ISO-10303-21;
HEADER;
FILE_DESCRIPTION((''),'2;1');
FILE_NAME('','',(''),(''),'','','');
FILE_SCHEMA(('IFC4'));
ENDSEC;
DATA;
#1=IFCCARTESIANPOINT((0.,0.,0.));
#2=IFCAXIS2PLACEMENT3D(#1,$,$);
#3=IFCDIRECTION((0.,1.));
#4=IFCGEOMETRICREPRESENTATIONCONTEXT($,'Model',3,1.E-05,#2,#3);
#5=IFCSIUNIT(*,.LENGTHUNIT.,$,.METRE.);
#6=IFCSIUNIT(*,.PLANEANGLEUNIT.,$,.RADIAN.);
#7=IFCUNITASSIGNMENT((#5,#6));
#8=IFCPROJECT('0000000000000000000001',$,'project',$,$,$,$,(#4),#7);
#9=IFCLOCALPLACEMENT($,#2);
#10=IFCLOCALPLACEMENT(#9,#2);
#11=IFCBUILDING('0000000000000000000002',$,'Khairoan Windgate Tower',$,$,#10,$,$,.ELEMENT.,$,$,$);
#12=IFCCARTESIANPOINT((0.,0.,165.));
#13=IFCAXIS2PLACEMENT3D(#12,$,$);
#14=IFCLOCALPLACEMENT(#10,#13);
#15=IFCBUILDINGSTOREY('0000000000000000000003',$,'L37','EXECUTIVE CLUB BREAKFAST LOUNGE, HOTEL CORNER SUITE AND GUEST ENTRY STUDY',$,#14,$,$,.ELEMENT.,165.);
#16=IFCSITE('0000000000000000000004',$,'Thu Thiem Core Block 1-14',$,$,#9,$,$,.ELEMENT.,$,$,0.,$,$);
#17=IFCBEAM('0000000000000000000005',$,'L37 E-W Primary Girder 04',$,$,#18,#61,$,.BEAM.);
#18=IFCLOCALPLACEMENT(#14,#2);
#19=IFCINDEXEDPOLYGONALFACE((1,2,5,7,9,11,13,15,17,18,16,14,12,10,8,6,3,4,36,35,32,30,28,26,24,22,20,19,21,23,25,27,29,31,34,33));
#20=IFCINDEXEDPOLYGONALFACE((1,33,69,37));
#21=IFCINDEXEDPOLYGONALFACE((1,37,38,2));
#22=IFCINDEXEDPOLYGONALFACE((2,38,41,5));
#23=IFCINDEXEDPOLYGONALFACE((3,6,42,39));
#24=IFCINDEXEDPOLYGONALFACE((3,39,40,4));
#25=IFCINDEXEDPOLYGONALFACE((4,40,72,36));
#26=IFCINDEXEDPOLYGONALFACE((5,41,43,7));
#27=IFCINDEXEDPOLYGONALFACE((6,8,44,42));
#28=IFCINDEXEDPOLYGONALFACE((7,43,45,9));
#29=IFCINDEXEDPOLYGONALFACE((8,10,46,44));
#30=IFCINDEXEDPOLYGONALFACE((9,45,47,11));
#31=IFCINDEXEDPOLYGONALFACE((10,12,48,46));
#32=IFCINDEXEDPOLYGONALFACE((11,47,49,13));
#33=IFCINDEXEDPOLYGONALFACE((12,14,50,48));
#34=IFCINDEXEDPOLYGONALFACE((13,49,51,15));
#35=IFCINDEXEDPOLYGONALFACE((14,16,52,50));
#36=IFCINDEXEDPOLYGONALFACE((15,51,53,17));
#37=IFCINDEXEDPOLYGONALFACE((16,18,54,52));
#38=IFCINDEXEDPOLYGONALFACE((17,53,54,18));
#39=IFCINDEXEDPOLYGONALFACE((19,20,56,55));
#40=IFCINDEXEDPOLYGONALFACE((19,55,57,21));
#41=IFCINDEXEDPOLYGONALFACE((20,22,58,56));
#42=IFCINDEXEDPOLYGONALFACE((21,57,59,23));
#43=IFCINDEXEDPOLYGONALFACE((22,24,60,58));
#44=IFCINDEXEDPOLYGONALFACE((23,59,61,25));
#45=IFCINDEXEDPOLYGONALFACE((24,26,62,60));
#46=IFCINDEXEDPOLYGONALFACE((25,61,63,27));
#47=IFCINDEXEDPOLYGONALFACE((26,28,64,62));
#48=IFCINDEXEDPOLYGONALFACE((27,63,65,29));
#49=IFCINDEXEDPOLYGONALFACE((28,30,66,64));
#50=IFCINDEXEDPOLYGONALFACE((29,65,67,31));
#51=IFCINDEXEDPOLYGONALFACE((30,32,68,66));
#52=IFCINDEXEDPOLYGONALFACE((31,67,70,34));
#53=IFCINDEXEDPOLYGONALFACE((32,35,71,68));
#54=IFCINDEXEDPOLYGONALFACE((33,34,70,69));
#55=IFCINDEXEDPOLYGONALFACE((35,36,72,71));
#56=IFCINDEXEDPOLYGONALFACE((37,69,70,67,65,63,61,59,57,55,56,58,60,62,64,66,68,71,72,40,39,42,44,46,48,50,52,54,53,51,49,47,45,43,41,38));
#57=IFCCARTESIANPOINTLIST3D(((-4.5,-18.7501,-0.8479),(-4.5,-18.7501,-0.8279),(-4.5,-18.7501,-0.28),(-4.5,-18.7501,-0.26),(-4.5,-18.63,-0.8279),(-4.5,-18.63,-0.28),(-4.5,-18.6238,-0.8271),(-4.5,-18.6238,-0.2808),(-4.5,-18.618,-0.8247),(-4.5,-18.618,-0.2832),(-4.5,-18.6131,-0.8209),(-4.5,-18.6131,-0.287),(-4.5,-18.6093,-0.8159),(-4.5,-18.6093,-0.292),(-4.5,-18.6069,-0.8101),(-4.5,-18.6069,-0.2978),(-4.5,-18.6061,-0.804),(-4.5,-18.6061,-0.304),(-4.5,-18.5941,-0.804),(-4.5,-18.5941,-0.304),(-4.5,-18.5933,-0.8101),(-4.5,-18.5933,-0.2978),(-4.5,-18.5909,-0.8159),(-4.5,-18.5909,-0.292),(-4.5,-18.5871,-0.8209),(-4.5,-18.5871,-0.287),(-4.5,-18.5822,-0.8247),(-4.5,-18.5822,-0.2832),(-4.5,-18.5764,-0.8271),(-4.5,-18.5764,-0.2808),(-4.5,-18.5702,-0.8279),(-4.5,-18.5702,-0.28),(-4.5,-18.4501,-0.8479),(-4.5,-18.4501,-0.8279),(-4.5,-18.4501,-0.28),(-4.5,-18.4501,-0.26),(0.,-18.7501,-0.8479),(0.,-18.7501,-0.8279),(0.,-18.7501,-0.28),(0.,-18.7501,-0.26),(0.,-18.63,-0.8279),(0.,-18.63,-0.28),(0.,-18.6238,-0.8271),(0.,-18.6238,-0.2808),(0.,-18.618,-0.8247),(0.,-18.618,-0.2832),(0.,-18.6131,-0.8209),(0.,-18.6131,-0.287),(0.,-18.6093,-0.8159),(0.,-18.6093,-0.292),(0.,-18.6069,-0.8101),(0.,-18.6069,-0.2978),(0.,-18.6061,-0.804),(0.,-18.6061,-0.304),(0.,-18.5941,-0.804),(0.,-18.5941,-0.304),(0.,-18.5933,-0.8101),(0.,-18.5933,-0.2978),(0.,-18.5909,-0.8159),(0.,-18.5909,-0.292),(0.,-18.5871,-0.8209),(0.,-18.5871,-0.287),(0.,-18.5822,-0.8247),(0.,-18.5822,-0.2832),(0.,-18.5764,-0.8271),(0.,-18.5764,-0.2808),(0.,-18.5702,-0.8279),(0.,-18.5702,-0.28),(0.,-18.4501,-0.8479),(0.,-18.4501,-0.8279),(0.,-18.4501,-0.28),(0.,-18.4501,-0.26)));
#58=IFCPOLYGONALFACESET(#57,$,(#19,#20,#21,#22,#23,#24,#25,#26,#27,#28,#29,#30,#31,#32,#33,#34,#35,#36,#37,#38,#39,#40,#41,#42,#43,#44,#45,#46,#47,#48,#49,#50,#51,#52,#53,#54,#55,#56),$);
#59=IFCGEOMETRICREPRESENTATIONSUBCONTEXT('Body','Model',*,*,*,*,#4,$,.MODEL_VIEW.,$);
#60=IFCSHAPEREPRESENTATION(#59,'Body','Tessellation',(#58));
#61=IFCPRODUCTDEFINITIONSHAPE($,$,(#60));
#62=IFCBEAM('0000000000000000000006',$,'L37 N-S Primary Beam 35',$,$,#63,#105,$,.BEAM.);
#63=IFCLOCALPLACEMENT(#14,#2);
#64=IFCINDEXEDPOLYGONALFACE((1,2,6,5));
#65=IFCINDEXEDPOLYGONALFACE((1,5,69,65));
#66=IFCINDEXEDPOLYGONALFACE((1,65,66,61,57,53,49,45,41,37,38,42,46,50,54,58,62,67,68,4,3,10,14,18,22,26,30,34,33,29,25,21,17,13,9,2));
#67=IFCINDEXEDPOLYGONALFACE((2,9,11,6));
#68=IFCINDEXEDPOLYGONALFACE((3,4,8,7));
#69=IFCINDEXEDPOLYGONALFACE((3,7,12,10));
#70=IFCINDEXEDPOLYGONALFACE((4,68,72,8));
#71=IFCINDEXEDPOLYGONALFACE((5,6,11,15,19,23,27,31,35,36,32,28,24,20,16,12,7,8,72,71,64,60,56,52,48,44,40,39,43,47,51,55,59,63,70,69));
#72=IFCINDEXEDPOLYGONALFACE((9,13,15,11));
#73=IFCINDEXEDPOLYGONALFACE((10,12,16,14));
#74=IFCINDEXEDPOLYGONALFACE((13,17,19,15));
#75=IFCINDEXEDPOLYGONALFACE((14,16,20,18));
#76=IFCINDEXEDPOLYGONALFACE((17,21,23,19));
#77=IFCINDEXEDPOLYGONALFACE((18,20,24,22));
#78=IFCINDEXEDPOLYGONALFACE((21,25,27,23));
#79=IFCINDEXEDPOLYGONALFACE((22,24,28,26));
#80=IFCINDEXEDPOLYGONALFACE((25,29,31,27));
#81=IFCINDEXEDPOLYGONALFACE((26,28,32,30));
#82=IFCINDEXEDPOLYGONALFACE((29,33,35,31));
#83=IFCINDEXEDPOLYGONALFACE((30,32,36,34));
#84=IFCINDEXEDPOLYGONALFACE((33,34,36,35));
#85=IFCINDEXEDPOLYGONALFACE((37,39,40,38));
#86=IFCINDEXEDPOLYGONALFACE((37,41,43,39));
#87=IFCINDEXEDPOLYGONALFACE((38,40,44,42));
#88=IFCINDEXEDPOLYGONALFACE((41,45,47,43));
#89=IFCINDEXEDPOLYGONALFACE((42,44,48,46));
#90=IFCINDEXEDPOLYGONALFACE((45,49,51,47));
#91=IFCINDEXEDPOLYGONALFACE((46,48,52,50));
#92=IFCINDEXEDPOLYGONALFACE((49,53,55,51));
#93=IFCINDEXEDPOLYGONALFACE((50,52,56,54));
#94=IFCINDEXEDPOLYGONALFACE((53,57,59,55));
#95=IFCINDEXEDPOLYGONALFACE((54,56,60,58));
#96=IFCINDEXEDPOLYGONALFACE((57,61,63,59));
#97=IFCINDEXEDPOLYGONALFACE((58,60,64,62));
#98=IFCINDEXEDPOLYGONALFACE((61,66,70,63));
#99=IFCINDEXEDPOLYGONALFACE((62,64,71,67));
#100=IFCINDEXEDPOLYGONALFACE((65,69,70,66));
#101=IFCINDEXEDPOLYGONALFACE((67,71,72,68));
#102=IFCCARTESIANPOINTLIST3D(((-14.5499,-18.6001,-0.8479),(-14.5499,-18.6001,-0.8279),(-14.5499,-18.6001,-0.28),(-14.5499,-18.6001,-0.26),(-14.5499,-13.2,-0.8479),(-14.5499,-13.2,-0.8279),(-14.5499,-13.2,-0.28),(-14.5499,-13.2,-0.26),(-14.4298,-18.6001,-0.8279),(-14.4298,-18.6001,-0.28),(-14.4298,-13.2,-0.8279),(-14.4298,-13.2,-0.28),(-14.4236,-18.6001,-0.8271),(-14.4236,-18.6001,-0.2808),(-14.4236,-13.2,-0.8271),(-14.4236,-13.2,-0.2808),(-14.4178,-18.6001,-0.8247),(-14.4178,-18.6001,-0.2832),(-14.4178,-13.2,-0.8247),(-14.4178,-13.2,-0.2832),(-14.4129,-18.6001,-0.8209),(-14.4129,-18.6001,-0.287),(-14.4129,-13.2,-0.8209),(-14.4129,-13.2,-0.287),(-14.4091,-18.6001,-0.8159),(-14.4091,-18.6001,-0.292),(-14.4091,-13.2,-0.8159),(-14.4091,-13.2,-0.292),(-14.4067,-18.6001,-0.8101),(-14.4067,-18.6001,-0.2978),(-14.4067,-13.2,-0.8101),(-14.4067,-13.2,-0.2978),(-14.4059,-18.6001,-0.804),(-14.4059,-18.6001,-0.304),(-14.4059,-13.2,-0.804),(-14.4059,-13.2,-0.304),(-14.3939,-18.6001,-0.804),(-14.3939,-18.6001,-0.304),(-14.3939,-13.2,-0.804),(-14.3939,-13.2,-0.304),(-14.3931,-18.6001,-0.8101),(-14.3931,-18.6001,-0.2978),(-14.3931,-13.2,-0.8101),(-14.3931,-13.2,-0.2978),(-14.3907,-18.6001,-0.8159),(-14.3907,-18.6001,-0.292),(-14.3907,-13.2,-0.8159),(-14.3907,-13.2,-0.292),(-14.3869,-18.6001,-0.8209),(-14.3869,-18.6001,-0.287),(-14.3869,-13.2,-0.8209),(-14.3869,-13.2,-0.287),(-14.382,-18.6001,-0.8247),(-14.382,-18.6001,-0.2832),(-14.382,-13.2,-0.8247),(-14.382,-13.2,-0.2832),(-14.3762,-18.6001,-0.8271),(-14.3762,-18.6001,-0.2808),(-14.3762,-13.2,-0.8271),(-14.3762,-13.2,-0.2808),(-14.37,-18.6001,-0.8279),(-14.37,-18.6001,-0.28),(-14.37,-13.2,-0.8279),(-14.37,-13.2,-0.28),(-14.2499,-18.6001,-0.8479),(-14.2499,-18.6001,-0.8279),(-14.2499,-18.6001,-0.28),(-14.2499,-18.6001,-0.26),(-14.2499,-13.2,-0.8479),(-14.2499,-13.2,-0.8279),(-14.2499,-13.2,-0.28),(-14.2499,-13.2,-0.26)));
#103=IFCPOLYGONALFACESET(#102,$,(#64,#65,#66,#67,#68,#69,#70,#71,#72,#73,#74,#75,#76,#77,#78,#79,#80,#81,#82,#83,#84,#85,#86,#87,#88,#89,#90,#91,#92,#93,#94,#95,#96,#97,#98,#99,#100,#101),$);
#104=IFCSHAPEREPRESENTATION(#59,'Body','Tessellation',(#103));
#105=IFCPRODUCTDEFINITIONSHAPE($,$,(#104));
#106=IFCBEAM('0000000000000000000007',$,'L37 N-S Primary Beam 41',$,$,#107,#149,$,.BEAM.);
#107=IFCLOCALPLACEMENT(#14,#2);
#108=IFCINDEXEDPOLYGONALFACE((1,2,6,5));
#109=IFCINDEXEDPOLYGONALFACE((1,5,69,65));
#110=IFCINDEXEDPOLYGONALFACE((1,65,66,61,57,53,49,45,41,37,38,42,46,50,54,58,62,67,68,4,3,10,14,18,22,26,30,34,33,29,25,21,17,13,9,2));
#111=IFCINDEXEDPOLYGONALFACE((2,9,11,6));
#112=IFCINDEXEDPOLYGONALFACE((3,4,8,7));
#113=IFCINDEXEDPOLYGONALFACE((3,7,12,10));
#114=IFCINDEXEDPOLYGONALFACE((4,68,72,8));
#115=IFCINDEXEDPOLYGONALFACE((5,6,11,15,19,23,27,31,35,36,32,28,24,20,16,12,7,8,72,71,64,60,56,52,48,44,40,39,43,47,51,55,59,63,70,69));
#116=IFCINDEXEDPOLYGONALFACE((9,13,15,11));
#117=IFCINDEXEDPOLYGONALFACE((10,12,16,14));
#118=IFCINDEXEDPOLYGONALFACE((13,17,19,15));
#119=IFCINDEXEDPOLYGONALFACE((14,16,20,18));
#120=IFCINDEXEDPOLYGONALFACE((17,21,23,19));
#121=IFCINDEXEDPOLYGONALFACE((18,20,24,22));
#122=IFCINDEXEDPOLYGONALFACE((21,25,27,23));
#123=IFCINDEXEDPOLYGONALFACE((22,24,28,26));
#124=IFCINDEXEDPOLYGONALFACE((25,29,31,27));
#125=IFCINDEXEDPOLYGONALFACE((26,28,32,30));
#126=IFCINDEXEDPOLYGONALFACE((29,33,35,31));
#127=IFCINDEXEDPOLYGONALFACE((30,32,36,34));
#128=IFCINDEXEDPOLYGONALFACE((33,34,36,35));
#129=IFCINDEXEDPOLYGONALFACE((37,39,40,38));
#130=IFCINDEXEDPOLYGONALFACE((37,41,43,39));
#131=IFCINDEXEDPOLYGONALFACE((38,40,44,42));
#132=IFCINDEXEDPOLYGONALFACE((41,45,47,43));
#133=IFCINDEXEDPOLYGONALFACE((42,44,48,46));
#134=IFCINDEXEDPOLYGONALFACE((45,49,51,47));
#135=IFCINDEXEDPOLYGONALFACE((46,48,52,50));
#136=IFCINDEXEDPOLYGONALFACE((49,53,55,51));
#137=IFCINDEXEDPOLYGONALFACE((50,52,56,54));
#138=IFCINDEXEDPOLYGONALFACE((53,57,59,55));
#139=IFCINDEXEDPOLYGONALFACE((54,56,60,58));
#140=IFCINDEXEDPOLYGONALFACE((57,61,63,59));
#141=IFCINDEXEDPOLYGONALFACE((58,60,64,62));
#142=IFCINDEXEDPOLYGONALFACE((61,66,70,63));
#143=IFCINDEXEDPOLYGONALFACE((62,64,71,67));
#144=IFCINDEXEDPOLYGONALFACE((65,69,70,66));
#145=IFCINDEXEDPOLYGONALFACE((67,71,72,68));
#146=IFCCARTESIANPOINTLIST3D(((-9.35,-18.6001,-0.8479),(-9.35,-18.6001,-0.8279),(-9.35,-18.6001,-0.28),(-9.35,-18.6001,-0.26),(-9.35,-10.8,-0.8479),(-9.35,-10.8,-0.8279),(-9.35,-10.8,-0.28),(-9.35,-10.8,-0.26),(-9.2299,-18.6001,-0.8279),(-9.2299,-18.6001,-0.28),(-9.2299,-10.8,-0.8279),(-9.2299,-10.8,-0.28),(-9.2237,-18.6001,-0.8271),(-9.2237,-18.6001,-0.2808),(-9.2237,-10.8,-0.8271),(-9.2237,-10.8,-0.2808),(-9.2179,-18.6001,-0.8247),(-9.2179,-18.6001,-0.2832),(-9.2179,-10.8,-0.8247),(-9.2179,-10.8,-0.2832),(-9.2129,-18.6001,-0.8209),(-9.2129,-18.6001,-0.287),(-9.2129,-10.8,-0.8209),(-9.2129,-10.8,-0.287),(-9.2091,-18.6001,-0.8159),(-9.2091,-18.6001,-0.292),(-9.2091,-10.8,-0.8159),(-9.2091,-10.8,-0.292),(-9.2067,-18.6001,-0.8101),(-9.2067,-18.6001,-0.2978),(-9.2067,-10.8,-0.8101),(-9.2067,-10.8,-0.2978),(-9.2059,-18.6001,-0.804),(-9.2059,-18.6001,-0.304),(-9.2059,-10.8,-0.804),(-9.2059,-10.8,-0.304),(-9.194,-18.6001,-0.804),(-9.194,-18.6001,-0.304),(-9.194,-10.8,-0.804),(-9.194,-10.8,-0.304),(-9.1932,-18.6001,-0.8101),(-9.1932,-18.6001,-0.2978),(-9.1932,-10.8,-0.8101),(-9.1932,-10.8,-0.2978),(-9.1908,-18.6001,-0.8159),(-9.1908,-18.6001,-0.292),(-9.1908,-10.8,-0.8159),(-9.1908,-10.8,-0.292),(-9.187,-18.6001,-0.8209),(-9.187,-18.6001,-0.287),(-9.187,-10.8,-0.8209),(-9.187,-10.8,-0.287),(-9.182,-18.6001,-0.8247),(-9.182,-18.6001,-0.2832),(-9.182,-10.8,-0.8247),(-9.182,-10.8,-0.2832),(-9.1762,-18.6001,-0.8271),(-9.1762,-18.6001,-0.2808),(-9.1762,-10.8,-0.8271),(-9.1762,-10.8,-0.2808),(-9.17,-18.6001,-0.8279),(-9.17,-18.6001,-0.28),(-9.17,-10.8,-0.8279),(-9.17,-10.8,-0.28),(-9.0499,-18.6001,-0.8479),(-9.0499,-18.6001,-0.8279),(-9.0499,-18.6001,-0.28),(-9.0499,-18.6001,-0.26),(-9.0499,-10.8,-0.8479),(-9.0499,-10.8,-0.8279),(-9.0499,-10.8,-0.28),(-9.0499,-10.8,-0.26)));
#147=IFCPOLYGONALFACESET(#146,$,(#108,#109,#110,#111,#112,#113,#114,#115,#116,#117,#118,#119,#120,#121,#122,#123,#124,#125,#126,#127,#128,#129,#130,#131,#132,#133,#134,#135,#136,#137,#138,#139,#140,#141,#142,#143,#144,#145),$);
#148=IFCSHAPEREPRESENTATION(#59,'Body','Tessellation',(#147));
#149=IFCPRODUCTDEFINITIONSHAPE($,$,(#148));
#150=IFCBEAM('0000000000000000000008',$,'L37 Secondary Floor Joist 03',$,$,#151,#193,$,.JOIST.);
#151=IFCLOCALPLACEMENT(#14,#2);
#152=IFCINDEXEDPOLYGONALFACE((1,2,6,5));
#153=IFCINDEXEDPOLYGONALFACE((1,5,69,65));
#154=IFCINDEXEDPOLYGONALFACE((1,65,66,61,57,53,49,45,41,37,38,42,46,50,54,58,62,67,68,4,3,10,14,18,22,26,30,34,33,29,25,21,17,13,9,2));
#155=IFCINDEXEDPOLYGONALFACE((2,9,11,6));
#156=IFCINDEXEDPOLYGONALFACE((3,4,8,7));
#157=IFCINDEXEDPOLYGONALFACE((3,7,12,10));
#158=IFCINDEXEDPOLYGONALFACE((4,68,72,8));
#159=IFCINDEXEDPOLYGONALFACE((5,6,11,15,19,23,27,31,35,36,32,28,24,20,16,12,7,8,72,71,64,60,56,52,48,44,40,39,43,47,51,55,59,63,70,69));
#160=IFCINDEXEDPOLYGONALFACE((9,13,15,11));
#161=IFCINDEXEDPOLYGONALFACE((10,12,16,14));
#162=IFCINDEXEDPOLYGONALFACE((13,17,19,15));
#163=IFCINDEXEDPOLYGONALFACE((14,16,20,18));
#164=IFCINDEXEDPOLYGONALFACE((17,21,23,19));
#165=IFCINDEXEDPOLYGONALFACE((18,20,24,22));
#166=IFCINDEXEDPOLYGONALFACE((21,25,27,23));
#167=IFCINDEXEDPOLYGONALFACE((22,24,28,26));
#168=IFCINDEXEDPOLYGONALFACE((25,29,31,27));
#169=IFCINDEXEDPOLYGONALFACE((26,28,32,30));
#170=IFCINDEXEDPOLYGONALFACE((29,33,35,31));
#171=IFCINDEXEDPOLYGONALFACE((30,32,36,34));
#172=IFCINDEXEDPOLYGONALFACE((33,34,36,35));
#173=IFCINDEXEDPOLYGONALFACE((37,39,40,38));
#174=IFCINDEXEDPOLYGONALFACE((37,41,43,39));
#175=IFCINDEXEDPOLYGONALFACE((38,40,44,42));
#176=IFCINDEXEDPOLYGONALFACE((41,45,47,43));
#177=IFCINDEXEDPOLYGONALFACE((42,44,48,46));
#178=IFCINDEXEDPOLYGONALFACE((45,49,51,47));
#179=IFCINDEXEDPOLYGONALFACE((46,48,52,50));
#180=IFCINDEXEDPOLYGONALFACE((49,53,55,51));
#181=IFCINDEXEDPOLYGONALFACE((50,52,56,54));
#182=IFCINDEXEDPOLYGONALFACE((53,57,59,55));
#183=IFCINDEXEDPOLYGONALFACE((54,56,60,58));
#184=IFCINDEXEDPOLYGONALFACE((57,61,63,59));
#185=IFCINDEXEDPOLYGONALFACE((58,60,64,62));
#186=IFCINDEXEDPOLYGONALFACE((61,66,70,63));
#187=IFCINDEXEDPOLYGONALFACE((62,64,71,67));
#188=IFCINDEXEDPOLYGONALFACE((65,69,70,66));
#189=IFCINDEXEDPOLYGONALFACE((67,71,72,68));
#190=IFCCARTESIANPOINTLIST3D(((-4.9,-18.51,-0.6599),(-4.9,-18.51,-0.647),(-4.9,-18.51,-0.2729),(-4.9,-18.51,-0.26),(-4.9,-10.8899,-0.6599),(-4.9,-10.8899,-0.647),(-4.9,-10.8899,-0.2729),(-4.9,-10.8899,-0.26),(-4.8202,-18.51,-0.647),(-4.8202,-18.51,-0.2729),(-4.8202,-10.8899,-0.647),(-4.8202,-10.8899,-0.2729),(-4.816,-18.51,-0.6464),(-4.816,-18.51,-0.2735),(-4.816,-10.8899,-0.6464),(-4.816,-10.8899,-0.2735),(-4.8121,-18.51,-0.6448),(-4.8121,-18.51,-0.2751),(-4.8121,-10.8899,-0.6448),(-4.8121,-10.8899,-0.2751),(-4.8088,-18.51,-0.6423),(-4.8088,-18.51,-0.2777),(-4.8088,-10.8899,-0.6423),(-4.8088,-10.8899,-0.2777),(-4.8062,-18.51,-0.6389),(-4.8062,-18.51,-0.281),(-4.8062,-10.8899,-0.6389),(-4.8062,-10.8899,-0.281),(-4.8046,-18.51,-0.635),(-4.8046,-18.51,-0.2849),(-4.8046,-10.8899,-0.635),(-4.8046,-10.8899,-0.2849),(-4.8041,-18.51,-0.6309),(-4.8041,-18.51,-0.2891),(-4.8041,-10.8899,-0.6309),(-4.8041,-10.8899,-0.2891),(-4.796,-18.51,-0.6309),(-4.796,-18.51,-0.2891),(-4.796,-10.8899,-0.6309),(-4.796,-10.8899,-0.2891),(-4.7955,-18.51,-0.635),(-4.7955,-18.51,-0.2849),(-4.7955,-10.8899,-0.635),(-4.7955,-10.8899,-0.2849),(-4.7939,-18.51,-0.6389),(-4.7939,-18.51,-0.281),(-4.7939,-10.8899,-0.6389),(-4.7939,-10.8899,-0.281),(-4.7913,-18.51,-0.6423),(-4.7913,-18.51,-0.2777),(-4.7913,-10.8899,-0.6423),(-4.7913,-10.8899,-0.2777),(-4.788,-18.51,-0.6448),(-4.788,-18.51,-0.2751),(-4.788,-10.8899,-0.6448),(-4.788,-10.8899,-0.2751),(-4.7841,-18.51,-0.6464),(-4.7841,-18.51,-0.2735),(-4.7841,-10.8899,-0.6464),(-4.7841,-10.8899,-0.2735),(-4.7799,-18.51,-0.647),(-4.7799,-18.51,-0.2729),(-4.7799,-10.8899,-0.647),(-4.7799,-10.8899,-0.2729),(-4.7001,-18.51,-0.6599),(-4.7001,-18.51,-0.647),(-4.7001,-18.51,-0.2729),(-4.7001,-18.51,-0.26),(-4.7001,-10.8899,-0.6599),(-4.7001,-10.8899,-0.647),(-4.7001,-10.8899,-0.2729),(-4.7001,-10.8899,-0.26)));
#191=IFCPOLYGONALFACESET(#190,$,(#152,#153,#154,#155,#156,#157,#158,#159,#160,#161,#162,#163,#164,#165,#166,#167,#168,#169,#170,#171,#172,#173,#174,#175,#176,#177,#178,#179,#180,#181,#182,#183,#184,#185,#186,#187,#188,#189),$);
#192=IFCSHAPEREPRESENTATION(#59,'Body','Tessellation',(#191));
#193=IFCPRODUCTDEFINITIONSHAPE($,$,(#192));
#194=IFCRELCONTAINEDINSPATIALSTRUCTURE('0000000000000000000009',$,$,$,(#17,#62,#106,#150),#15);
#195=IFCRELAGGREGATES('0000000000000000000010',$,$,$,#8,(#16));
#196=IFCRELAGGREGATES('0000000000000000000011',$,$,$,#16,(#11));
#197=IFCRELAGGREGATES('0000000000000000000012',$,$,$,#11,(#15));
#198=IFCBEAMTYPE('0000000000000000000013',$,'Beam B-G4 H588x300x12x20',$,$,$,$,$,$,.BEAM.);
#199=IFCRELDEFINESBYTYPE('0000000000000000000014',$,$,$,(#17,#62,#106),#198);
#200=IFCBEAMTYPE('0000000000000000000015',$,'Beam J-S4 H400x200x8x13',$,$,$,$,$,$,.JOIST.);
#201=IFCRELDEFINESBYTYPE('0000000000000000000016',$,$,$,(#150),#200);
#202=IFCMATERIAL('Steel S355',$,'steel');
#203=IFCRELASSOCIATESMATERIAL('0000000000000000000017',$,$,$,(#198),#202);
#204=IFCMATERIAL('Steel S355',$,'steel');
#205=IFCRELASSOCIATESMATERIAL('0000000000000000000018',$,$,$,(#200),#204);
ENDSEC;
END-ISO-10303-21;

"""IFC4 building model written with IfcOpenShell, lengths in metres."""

from ifc_helpers import new_model, si_unit, direction, frame, origin, origin_2d, place, context, subcontext, project, spatial, i_section, extrude, material, material_profile, profile_set, type_object, element, save


model = new_model("IFC4")

# Units and contexts
model_context = context("Model", 3, precision=1e-05, world=origin(), true_north=direction((0.0, 1.0)))
body_context = subcontext(model_context, "Body", "Model", "MODEL_VIEW")
ifc_project = project(units=[si_unit("LENGTHUNIT", "METRE"), si_unit("PLANEANGLEUNIT", "RADIAN")], contexts=[model_context])

# Site, building, storey
site_placement = place(None, origin())
site = spatial("IfcSite", under=ifc_project, at=site_placement, Name="Thu Thiem Core Block 1-14", CompositionType="ELEMENT", RefElevation=0.0)
building_placement = place(site_placement, origin())
building = spatial("IfcBuilding", under=site, at=building_placement, Name="Khairoan Windgate Tower", CompositionType="ELEMENT")
storey_placement = place(building_placement, frame((0.0, 0.0, 165.0)))
storey = spatial("IfcBuildingStorey", under=building, at=storey_placement, Name="L37", Description="EXECUTIVE CLUB BREAKFAST LOUNGE, HOTEL CORNER SUITE AND GUEST ENTRY STUDY", CompositionType="ELEMENT", Elevation=165.0)

# Beams
ifc_material_1 = material(Name="Steel S355", Category="steel")
ifc_material_profile_1 = material_profile(ifc_material_1, i_section(OverallWidth=0.3, OverallDepth=0.5879, WebThickness=0.012, FlangeThickness=0.02, FilletRadius=0.0239, at=origin_2d()))
ifc_profile_set_1 = profile_set([ifc_material_profile_1], Name="Steel S355")
beam_type_1 = type_object("IfcBeamType", Name="Beam B-G4 H588x300x12x20", PredefinedType="BEAM", material=ifc_profile_set_1)
beam_1_placement = place(storey_placement, frame((-4.5, -18.6001, -0.554), z_axis=(1.0, 0.0, 0.0), x_axis=(0.0, 1.0, 0.0)))
element("IfcBeam", 1, at=beam_1_placement, inside=storey, type_object=beam_type_1, Name="L37 E-W Primary Girder 04", PredefinedType="BEAM", context=body_context, shape_type="SweptSolid", body=[
    extrude(i_section(OverallWidth=0.3, OverallDepth=0.5879, WebThickness=0.012, FlangeThickness=0.02, FilletRadius=0.0239, at=origin_2d()), origin(), (0.0, 0.0, 1.0), 4.5),
])
beam_2_placement = place(storey_placement, frame((-14.3999, -18.6001, -0.554), z_axis=(0.0, 1.0, 0.0), x_axis=(-1.0, 0.0, 0.0)))
element("IfcBeam", 2, at=beam_2_placement, inside=storey, type_object=beam_type_1, Name="L37 N-S Primary Beam 35", PredefinedType="BEAM", context=body_context, shape_type="SweptSolid", body=[
    extrude(i_section(OverallWidth=0.3, OverallDepth=0.5879, WebThickness=0.012, FlangeThickness=0.02, FilletRadius=0.0239, at=origin_2d()), origin(), (0.0, 0.0, 1.0), 5.4001),
])
beam_3_placement = place(storey_placement, frame((-9.2, -18.6001, -0.554), z_axis=(0.0, 1.0, 0.0), x_axis=(-1.0, 0.0, 0.0)))
element("IfcBeam", 3, at=beam_3_placement, inside=storey, type_object=beam_type_1, Name="L37 N-S Primary Beam 41", PredefinedType="BEAM", context=body_context, shape_type="SweptSolid", body=[
    extrude(i_section(OverallWidth=0.3, OverallDepth=0.5879, WebThickness=0.012, FlangeThickness=0.02, FilletRadius=0.0239, at=origin_2d()), origin(), (0.0, 0.0, 1.0), 7.8),
])
ifc_material_2 = material(Name="Steel S355", Category="steel")
ifc_material_profile_2 = material_profile(ifc_material_2, i_section(OverallWidth=0.2, OverallDepth=0.3999, WebThickness=0.0081, FlangeThickness=0.0129, FilletRadius=0.0161, at=origin_2d()))
ifc_profile_set_2 = profile_set([ifc_material_profile_2], Name="Steel S355")
beam_type_2 = type_object("IfcBeamType", Name="Beam J-S4 H400x200x8x13", PredefinedType="JOIST", material=ifc_profile_set_2)
beam_4_placement = place(storey_placement, frame((-4.8, -18.51, -0.46), z_axis=(0.0, 1.0, 0.0), x_axis=(-1.0, 0.0, 0.0)))
element("IfcBeam", 4, at=beam_4_placement, inside=storey, type_object=beam_type_2, Name="L37 Secondary Floor Joist 03", PredefinedType="JOIST", context=body_context, shape_type="SweptSolid", body=[
    extrude(i_section(OverallWidth=0.2, OverallDepth=0.3999, WebThickness=0.0081, FlangeThickness=0.0129, FilletRadius=0.0161, at=origin_2d()), origin(), (0.0, 0.0, 1.0), 7.6201),
])

save(model, "model.ifc")
